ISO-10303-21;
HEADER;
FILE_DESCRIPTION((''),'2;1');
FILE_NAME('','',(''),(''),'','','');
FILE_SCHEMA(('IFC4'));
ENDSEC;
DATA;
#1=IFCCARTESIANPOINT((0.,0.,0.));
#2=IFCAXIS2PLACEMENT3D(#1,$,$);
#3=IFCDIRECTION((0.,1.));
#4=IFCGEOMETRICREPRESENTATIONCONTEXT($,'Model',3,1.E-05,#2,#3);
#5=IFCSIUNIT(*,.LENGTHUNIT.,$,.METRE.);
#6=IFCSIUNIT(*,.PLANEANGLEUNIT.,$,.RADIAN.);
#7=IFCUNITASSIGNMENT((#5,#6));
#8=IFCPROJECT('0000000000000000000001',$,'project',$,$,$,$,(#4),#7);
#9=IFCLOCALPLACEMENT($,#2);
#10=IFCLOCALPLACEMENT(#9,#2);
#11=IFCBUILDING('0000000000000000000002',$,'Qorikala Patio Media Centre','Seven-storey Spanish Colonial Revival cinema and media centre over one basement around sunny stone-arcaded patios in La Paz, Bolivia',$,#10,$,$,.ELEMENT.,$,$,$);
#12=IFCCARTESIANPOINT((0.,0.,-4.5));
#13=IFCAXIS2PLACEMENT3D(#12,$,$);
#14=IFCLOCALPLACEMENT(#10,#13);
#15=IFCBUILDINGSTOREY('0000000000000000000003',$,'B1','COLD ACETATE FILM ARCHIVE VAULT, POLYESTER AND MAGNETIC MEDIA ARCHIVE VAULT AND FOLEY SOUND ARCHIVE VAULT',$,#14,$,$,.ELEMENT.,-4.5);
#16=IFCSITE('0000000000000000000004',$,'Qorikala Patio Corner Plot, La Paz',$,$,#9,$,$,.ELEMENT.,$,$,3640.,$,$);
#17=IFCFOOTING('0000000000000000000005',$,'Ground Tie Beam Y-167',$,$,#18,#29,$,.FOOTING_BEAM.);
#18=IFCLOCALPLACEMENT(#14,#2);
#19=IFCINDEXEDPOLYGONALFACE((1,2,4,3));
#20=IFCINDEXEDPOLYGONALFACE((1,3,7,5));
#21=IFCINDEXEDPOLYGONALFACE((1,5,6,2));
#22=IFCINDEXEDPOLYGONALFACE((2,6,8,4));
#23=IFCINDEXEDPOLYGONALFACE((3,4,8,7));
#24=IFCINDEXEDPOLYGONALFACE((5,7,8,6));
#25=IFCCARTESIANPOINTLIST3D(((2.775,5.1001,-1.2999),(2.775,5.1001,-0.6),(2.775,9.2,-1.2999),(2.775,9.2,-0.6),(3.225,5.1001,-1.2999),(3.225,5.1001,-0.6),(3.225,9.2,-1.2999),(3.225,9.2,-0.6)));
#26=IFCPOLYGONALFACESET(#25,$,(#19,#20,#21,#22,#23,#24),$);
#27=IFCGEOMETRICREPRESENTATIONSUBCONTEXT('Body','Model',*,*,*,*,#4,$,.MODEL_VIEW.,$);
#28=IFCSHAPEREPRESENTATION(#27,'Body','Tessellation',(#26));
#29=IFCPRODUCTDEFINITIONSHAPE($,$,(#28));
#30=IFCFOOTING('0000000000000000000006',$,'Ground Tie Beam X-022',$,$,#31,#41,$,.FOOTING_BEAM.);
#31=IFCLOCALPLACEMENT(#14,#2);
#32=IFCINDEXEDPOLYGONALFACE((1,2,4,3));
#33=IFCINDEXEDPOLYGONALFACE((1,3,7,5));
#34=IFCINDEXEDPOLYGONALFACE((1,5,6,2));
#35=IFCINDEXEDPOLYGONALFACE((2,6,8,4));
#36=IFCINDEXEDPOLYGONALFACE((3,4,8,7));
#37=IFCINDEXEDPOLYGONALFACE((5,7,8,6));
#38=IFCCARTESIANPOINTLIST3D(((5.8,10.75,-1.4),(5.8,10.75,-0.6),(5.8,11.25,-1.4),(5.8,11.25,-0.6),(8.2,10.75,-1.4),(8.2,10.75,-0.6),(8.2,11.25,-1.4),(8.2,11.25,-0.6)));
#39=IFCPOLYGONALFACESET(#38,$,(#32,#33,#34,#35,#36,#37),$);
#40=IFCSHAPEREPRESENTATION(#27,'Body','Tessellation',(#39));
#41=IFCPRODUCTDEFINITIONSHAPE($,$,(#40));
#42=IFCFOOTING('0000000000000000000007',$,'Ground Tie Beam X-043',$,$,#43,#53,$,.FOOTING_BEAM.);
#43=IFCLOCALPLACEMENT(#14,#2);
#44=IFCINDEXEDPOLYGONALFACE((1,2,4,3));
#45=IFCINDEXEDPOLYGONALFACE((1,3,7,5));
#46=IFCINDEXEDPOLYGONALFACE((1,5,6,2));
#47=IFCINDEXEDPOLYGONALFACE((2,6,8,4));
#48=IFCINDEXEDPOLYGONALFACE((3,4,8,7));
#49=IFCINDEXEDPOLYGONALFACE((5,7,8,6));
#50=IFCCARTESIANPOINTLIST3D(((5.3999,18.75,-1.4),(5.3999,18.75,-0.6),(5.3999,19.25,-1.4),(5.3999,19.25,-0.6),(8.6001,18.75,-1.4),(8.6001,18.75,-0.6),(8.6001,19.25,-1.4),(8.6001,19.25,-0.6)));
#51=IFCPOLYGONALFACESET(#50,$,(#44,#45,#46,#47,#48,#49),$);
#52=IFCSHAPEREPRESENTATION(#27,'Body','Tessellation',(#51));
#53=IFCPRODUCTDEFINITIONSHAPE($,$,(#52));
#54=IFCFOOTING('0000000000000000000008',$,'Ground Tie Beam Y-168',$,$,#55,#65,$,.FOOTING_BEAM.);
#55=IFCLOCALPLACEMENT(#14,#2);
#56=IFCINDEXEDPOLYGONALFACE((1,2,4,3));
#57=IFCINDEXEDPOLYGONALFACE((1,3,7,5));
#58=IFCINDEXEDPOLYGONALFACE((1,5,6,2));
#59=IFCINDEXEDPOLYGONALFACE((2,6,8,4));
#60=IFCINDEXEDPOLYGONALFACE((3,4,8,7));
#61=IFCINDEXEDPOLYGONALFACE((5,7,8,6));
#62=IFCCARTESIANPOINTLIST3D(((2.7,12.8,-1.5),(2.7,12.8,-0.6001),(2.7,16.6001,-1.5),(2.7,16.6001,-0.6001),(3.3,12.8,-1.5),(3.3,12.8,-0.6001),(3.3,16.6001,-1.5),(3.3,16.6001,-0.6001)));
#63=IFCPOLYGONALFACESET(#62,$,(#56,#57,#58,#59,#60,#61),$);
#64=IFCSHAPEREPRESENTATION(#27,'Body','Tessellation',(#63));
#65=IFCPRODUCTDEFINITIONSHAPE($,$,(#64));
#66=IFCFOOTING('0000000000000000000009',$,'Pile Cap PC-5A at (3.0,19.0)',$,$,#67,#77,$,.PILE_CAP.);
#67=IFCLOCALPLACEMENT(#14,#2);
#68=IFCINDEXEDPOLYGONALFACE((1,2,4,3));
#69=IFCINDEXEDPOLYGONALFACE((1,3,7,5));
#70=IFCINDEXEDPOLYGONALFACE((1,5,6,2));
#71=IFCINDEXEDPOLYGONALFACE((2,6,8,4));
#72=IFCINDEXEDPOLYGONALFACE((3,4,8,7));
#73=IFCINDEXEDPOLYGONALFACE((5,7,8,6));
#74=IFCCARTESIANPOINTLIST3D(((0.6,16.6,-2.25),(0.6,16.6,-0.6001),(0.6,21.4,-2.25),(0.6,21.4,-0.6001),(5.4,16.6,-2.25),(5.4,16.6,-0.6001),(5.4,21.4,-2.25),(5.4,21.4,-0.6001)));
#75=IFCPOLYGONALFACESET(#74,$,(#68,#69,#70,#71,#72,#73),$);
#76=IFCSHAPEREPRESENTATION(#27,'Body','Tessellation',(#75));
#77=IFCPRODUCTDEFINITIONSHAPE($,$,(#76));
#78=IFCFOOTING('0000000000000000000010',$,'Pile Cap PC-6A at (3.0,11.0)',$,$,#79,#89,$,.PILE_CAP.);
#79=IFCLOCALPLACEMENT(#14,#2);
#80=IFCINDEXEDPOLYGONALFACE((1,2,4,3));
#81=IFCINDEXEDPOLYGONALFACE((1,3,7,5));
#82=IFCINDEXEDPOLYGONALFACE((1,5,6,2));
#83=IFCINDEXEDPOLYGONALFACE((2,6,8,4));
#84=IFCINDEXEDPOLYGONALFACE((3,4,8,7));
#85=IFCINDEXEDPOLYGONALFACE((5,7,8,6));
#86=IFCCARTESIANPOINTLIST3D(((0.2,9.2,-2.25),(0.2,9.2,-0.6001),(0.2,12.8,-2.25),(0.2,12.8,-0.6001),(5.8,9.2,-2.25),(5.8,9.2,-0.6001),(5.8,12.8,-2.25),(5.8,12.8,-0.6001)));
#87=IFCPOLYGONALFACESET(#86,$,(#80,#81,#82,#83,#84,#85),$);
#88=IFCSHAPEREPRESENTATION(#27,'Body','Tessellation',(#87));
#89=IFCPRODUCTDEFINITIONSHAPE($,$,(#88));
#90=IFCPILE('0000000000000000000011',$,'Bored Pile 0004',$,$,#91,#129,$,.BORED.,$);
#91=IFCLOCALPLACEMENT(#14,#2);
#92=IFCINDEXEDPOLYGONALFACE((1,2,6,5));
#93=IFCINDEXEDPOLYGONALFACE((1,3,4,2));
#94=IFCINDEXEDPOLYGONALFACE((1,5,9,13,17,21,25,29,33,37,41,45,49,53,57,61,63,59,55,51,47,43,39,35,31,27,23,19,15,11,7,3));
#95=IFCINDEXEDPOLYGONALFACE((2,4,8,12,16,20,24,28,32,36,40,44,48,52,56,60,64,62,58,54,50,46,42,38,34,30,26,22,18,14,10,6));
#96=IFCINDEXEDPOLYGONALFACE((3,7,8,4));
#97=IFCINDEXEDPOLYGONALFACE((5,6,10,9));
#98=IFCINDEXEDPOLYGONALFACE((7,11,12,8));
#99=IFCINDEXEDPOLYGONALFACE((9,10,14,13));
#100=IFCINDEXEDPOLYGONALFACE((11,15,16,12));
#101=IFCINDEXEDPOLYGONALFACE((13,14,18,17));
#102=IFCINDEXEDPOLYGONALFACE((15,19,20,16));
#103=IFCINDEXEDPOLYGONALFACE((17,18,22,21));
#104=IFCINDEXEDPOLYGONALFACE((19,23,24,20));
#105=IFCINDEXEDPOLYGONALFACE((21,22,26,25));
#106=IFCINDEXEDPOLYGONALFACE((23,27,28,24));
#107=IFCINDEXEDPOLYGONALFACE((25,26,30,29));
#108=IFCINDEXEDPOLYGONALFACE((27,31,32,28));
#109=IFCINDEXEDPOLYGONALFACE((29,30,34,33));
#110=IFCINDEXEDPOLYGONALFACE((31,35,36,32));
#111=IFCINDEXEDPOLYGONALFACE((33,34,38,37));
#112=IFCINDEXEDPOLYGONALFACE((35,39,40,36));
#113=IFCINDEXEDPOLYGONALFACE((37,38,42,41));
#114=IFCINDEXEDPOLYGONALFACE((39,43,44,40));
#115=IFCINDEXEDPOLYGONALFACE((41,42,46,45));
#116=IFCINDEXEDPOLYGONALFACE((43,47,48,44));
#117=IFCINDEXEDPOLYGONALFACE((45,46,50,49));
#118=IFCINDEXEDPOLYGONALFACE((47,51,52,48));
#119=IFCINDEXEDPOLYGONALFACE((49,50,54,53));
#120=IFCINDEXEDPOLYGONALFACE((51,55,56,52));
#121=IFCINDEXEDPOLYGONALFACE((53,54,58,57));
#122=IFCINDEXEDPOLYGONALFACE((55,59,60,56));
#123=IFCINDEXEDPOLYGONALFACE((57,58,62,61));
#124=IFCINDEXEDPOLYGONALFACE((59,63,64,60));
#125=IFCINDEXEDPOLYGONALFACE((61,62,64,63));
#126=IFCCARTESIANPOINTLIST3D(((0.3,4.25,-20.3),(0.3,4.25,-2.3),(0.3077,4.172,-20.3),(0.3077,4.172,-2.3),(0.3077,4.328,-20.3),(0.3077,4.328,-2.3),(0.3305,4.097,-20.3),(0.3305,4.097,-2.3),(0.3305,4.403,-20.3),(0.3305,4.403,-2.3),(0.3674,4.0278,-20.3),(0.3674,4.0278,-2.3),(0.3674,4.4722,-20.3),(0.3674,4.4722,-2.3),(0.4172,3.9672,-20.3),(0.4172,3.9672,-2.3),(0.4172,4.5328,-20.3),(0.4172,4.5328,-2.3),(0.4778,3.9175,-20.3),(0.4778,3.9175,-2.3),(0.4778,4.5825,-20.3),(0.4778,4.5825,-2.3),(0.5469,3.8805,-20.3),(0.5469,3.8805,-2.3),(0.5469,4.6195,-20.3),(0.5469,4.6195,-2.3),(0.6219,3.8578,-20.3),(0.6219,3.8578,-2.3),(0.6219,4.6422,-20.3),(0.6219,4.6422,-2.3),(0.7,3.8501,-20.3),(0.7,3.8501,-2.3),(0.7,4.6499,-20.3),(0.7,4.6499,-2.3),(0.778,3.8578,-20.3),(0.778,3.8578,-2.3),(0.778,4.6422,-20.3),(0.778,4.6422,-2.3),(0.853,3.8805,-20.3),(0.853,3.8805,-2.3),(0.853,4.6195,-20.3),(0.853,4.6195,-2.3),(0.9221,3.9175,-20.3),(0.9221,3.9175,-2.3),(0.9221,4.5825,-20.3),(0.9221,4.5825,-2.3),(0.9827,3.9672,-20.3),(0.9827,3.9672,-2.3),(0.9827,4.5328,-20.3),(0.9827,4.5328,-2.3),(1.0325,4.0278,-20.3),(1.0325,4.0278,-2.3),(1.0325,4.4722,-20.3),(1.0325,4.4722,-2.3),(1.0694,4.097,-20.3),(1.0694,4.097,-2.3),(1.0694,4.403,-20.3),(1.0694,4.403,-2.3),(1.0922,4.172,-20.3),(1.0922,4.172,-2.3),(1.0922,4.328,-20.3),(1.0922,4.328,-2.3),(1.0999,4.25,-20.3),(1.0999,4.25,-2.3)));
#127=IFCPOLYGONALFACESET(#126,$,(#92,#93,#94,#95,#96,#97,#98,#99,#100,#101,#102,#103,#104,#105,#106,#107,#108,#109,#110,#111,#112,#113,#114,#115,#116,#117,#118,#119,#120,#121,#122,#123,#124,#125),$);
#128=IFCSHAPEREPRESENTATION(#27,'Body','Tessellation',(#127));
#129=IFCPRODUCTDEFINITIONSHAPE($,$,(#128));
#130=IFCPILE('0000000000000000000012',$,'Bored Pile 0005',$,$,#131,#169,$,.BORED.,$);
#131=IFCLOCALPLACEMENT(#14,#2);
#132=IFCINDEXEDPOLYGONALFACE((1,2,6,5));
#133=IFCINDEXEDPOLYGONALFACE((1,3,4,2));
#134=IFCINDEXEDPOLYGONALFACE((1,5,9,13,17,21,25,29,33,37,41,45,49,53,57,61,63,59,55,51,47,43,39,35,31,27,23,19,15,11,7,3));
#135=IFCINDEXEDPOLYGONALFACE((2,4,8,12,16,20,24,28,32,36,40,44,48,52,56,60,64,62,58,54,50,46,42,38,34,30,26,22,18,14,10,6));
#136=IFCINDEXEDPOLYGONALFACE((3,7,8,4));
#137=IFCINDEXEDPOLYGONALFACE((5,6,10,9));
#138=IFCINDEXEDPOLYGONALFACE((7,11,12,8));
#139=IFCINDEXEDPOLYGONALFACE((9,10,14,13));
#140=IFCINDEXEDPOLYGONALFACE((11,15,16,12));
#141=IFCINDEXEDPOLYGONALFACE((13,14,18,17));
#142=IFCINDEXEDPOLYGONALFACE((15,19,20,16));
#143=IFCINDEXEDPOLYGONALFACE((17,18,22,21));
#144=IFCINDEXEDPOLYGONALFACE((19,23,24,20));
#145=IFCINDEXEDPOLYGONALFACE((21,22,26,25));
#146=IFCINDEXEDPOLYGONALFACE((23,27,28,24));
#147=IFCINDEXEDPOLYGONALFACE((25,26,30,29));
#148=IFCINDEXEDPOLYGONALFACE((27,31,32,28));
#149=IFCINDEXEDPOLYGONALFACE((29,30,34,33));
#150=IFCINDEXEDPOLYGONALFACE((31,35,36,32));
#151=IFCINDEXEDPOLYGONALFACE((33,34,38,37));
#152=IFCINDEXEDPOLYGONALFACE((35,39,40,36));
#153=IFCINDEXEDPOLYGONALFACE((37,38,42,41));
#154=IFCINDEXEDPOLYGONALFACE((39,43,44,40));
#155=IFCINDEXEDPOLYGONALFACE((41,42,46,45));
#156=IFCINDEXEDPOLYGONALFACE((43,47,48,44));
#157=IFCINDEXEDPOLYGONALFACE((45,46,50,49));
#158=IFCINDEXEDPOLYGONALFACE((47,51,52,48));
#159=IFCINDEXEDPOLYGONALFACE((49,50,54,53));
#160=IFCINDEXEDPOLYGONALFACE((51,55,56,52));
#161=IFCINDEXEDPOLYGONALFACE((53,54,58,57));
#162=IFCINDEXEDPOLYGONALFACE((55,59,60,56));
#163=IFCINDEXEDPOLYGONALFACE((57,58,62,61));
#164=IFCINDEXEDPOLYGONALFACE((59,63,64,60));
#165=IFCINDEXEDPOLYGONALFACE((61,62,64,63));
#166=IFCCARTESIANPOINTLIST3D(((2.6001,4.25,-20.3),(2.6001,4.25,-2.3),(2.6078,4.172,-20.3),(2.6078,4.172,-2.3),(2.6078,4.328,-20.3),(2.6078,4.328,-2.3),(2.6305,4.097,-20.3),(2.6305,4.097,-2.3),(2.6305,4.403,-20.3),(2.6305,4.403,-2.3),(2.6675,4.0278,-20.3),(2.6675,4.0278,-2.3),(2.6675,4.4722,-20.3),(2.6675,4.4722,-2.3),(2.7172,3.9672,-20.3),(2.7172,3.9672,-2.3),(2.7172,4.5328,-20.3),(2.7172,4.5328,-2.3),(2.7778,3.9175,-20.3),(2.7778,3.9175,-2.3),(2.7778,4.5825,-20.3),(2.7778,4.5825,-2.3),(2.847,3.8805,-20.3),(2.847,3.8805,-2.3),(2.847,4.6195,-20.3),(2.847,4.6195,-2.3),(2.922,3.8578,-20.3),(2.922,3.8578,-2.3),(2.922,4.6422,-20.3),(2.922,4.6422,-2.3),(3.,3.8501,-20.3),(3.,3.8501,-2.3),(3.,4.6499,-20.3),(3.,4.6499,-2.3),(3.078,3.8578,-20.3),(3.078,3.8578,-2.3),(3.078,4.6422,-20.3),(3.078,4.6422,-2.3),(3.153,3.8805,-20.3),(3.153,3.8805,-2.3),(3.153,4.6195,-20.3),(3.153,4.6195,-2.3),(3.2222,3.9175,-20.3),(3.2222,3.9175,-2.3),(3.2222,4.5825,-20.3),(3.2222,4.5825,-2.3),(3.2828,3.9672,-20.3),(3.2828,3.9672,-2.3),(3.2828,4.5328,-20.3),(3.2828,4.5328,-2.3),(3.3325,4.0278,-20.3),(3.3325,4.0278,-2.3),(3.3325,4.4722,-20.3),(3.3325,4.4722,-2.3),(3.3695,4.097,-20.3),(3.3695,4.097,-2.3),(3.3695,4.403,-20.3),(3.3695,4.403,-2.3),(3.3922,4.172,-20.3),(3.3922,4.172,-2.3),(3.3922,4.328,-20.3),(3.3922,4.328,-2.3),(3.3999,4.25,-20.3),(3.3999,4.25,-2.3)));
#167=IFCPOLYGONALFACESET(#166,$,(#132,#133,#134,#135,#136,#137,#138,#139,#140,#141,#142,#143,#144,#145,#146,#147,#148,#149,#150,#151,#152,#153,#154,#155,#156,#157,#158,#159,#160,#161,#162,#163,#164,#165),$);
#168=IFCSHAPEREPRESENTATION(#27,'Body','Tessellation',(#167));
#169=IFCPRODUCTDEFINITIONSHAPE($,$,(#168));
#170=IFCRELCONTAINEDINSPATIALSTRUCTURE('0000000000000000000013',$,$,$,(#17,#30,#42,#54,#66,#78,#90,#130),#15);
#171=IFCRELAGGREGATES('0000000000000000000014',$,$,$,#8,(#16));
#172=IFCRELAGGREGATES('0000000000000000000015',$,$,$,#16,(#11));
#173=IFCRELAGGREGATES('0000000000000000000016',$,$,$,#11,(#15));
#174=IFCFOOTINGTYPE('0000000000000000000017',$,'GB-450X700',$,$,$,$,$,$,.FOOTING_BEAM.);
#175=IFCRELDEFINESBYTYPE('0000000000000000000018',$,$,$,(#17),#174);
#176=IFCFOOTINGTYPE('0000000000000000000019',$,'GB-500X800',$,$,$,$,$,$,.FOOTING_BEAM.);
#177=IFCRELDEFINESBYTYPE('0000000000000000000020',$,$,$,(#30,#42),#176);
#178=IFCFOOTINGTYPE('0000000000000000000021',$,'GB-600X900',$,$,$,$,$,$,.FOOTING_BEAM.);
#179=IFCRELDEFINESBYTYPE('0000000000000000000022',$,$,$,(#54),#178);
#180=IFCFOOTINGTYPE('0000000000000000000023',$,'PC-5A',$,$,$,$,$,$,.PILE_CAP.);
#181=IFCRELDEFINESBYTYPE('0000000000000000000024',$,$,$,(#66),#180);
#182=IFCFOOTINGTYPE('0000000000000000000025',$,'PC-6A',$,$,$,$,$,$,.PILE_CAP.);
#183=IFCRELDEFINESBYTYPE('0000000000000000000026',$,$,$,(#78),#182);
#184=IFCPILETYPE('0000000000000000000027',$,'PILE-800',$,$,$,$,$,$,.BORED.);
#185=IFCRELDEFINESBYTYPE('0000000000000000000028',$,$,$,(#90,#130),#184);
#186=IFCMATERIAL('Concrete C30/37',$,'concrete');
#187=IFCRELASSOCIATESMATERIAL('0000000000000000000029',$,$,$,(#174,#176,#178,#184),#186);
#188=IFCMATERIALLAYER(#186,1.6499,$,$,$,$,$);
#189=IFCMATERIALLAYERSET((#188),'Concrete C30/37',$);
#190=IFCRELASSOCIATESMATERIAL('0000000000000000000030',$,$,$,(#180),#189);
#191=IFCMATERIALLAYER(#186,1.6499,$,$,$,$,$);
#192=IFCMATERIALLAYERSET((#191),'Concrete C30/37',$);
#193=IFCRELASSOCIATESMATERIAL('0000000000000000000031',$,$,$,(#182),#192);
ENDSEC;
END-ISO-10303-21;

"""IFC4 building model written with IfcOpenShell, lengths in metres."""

from ifc_helpers import new_model, si_unit, direction, frame, origin, origin_2d, place, context, subcontext, project, spatial, rectangle, circle, extrude, material, layer, layer_set, material_profile, profile_set, type_object, element, save


model = new_model("IFC4")

# Units and contexts
model_context = context("Model", 3, precision=1e-05, world=origin(), true_north=direction((0.0, 1.0)))
body_context = subcontext(model_context, "Body", "Model", "MODEL_VIEW")
ifc_project = project(units=[si_unit("LENGTHUNIT", "METRE"), si_unit("PLANEANGLEUNIT", "RADIAN")], contexts=[model_context])

# Site, building, storey
site_placement = place(None, origin())
site = spatial("IfcSite", under=ifc_project, at=site_placement, Name="Qorikala Patio Corner Plot, La Paz", CompositionType="ELEMENT", RefElevation=3640.0)
building_placement = place(site_placement, origin())
building = spatial("IfcBuilding", under=site, at=building_placement, Name="Qorikala Patio Media Centre", Description="Seven-storey Spanish Colonial Revival cinema and media centre over one basement around sunny stone-arcaded patios in La Paz, Bolivia", CompositionType="ELEMENT")
storey_placement = place(building_placement, frame((0.0, 0.0, -4.5)))
storey = spatial("IfcBuildingStorey", under=building, at=storey_placement, Name="B1", Description="COLD ACETATE FILM ARCHIVE VAULT, POLYESTER AND MAGNETIC MEDIA ARCHIVE VAULT AND FOLEY SOUND ARCHIVE VAULT", CompositionType="ELEMENT", Elevation=-4.5)

# Footings
ifc_material_1 = material(Name="Concrete C30/37", Category="concrete")
ifc_material_profile_1 = material_profile(ifc_material_1, rectangle(XDim=0.45, YDim=0.7, at=origin_2d()), Name="RC 450x700")
ifc_profile_set_1 = profile_set([ifc_material_profile_1], Name="Concrete C30/37")
footing_type_1 = type_object("IfcFootingType", Name="GB-450X700", PredefinedType="FOOTING_BEAM", material=ifc_profile_set_1)
footing_1_placement = place(storey_placement, frame((3.0, 5.1001, -0.95), z_axis=(0.0, 1.0, 0.0), x_axis=(-1.0, 0.0, 0.0)))
element("IfcFooting", 1, at=footing_1_placement, inside=storey, type_object=footing_type_1, Name="Ground Tie Beam Y-167", PredefinedType="FOOTING_BEAM", context=body_context, shape_type="SweptSolid", body=[
    extrude(rectangle(XDim=0.45, YDim=0.7, at=origin_2d()), origin(), (0.0, 0.0, 1.0), 4.0999),
])
ifc_material_profile_2 = material_profile(ifc_material_1, rectangle(XDim=0.5, YDim=0.8, at=origin_2d()), Name="RC 500x800")
ifc_profile_set_2 = profile_set([ifc_material_profile_2], Name="Concrete C30/37")
footing_type_2 = type_object("IfcFootingType", Name="GB-500X800", PredefinedType="FOOTING_BEAM", material=ifc_profile_set_2)
footing_2_placement = place(storey_placement, frame((5.8, 11.0, -1.0), z_axis=(1.0, 0.0, 0.0), x_axis=(0.0, 1.0, 0.0)))
element("IfcFooting", 2, at=footing_2_placement, inside=storey, type_object=footing_type_2, Name="Ground Tie Beam X-022", PredefinedType="FOOTING_BEAM", context=body_context, shape_type="SweptSolid", body=[
    extrude(rectangle(XDim=0.5, YDim=0.8, at=origin_2d()), origin(), (0.0, 0.0, 1.0), 2.3999),
])
footing_3_placement = place(storey_placement, frame((5.3999, 19.0, -1.0), z_axis=(1.0, 0.0, 0.0), x_axis=(0.0, 1.0, 0.0)))
element("IfcFooting", 3, at=footing_3_placement, inside=storey, type_object=footing_type_2, Name="Ground Tie Beam X-043", PredefinedType="FOOTING_BEAM", context=body_context, shape_type="SweptSolid", body=[
    extrude(rectangle(XDim=0.5, YDim=0.8, at=origin_2d()), origin(), (0.0, 0.0, 1.0), 3.2002),
])
ifc_material_profile_3 = material_profile(ifc_material_1, rectangle(XDim=0.6001, YDim=0.8999, at=origin_2d()), Name="RC 600x900")
ifc_profile_set_3 = profile_set([ifc_material_profile_3], Name="Concrete C30/37")
footing_type_3 = type_object("IfcFootingType", Name="GB-600X900", PredefinedType="FOOTING_BEAM", material=ifc_profile_set_3)
footing_4_placement = place(storey_placement, frame((3.0, 12.8, -1.05), z_axis=(0.0, 1.0, 0.0), x_axis=(-1.0, 0.0, 0.0)))
element("IfcFooting", 4, at=footing_4_placement, inside=storey, type_object=footing_type_3, Name="Ground Tie Beam Y-168", PredefinedType="FOOTING_BEAM", context=body_context, shape_type="SweptSolid", body=[
    extrude(rectangle(XDim=0.6001, YDim=0.8999, at=origin_2d()), origin(), (0.0, 0.0, 1.0), 3.8),
])
ifc_layer_1 = layer(ifc_material_1, 1.6499)
ifc_layer_set_1 = layer_set([ifc_layer_1], Name="Concrete C30/37")
footing_type_4 = type_object("IfcFootingType", Name="PC-5A", PredefinedType="PILE_CAP", material=ifc_layer_set_1)
footing_5_placement = place(storey_placement, frame((3.0, 19.0, -2.25), z_axis=(0.0, 0.0, 1.0), x_axis=(1.0, 0.0, 0.0)))
element("IfcFooting", 5, at=footing_5_placement, inside=storey, type_object=footing_type_4, Name="Pile Cap PC-5A at (3.0,19.0)", PredefinedType="PILE_CAP", context=body_context, shape_type="SweptSolid", body=[
    extrude(rectangle(XDim=4.8, YDim=4.8, at=origin_2d()), origin(), (0.0, 0.0, 1.0), 1.6499),
])
ifc_layer_2 = layer(ifc_material_1, 1.6499)
ifc_layer_set_2 = layer_set([ifc_layer_2], Name="Concrete C30/37")
footing_type_5 = type_object("IfcFootingType", Name="PC-6A", PredefinedType="PILE_CAP", material=ifc_layer_set_2)
footing_6_placement = place(storey_placement, frame((3.0, 11.0, -2.25), z_axis=(0.0, 0.0, 1.0), x_axis=(1.0, 0.0, 0.0)))
element("IfcFooting", 6, at=footing_6_placement, inside=storey, type_object=footing_type_5, Name="Pile Cap PC-6A at (3.0,11.0)", PredefinedType="PILE_CAP", context=body_context, shape_type="SweptSolid", body=[
    extrude(rectangle(XDim=5.6001, YDim=3.6001, at=origin_2d()), origin(), (0.0, 0.0, 1.0), 1.6499),
])

# Piles
ifc_material_profile_4 = material_profile(ifc_material_1, circle(Radius=0.3999, at=origin_2d()), Name="BORED PILE 800")
ifc_profile_set_4 = profile_set([ifc_material_profile_4], Name="Concrete C30/37")
pile_type = type_object("IfcPileType", Name="PILE-800", PredefinedType="BORED", material=ifc_profile_set_4)
for number, where, z_axis, x_axis, name in (
    (7, (0.7, 4.25, -2.3), (0.0, 0.0, -1.0), (1.0, 0.0, 0.0), "Bored Pile 0004"),
    (8, (3.0, 4.25, -2.3), (0.0, 0.0, -1.0), (1.0, 0.0, 0.0), "Bored Pile 0005"),
):
    element("IfcPile", number, at=place(storey_placement, frame(where, z_axis=z_axis, x_axis=x_axis)), inside=storey, type_object=pile_type, Name=name, PredefinedType="BORED", context=body_context, shape_type="SweptSolid", body=[
        extrude(circle(Radius=0.3999, at=origin_2d()), origin(), (0.0, 0.0, 1.0), 18.0),
    ])

save(model, "model.ifc")
